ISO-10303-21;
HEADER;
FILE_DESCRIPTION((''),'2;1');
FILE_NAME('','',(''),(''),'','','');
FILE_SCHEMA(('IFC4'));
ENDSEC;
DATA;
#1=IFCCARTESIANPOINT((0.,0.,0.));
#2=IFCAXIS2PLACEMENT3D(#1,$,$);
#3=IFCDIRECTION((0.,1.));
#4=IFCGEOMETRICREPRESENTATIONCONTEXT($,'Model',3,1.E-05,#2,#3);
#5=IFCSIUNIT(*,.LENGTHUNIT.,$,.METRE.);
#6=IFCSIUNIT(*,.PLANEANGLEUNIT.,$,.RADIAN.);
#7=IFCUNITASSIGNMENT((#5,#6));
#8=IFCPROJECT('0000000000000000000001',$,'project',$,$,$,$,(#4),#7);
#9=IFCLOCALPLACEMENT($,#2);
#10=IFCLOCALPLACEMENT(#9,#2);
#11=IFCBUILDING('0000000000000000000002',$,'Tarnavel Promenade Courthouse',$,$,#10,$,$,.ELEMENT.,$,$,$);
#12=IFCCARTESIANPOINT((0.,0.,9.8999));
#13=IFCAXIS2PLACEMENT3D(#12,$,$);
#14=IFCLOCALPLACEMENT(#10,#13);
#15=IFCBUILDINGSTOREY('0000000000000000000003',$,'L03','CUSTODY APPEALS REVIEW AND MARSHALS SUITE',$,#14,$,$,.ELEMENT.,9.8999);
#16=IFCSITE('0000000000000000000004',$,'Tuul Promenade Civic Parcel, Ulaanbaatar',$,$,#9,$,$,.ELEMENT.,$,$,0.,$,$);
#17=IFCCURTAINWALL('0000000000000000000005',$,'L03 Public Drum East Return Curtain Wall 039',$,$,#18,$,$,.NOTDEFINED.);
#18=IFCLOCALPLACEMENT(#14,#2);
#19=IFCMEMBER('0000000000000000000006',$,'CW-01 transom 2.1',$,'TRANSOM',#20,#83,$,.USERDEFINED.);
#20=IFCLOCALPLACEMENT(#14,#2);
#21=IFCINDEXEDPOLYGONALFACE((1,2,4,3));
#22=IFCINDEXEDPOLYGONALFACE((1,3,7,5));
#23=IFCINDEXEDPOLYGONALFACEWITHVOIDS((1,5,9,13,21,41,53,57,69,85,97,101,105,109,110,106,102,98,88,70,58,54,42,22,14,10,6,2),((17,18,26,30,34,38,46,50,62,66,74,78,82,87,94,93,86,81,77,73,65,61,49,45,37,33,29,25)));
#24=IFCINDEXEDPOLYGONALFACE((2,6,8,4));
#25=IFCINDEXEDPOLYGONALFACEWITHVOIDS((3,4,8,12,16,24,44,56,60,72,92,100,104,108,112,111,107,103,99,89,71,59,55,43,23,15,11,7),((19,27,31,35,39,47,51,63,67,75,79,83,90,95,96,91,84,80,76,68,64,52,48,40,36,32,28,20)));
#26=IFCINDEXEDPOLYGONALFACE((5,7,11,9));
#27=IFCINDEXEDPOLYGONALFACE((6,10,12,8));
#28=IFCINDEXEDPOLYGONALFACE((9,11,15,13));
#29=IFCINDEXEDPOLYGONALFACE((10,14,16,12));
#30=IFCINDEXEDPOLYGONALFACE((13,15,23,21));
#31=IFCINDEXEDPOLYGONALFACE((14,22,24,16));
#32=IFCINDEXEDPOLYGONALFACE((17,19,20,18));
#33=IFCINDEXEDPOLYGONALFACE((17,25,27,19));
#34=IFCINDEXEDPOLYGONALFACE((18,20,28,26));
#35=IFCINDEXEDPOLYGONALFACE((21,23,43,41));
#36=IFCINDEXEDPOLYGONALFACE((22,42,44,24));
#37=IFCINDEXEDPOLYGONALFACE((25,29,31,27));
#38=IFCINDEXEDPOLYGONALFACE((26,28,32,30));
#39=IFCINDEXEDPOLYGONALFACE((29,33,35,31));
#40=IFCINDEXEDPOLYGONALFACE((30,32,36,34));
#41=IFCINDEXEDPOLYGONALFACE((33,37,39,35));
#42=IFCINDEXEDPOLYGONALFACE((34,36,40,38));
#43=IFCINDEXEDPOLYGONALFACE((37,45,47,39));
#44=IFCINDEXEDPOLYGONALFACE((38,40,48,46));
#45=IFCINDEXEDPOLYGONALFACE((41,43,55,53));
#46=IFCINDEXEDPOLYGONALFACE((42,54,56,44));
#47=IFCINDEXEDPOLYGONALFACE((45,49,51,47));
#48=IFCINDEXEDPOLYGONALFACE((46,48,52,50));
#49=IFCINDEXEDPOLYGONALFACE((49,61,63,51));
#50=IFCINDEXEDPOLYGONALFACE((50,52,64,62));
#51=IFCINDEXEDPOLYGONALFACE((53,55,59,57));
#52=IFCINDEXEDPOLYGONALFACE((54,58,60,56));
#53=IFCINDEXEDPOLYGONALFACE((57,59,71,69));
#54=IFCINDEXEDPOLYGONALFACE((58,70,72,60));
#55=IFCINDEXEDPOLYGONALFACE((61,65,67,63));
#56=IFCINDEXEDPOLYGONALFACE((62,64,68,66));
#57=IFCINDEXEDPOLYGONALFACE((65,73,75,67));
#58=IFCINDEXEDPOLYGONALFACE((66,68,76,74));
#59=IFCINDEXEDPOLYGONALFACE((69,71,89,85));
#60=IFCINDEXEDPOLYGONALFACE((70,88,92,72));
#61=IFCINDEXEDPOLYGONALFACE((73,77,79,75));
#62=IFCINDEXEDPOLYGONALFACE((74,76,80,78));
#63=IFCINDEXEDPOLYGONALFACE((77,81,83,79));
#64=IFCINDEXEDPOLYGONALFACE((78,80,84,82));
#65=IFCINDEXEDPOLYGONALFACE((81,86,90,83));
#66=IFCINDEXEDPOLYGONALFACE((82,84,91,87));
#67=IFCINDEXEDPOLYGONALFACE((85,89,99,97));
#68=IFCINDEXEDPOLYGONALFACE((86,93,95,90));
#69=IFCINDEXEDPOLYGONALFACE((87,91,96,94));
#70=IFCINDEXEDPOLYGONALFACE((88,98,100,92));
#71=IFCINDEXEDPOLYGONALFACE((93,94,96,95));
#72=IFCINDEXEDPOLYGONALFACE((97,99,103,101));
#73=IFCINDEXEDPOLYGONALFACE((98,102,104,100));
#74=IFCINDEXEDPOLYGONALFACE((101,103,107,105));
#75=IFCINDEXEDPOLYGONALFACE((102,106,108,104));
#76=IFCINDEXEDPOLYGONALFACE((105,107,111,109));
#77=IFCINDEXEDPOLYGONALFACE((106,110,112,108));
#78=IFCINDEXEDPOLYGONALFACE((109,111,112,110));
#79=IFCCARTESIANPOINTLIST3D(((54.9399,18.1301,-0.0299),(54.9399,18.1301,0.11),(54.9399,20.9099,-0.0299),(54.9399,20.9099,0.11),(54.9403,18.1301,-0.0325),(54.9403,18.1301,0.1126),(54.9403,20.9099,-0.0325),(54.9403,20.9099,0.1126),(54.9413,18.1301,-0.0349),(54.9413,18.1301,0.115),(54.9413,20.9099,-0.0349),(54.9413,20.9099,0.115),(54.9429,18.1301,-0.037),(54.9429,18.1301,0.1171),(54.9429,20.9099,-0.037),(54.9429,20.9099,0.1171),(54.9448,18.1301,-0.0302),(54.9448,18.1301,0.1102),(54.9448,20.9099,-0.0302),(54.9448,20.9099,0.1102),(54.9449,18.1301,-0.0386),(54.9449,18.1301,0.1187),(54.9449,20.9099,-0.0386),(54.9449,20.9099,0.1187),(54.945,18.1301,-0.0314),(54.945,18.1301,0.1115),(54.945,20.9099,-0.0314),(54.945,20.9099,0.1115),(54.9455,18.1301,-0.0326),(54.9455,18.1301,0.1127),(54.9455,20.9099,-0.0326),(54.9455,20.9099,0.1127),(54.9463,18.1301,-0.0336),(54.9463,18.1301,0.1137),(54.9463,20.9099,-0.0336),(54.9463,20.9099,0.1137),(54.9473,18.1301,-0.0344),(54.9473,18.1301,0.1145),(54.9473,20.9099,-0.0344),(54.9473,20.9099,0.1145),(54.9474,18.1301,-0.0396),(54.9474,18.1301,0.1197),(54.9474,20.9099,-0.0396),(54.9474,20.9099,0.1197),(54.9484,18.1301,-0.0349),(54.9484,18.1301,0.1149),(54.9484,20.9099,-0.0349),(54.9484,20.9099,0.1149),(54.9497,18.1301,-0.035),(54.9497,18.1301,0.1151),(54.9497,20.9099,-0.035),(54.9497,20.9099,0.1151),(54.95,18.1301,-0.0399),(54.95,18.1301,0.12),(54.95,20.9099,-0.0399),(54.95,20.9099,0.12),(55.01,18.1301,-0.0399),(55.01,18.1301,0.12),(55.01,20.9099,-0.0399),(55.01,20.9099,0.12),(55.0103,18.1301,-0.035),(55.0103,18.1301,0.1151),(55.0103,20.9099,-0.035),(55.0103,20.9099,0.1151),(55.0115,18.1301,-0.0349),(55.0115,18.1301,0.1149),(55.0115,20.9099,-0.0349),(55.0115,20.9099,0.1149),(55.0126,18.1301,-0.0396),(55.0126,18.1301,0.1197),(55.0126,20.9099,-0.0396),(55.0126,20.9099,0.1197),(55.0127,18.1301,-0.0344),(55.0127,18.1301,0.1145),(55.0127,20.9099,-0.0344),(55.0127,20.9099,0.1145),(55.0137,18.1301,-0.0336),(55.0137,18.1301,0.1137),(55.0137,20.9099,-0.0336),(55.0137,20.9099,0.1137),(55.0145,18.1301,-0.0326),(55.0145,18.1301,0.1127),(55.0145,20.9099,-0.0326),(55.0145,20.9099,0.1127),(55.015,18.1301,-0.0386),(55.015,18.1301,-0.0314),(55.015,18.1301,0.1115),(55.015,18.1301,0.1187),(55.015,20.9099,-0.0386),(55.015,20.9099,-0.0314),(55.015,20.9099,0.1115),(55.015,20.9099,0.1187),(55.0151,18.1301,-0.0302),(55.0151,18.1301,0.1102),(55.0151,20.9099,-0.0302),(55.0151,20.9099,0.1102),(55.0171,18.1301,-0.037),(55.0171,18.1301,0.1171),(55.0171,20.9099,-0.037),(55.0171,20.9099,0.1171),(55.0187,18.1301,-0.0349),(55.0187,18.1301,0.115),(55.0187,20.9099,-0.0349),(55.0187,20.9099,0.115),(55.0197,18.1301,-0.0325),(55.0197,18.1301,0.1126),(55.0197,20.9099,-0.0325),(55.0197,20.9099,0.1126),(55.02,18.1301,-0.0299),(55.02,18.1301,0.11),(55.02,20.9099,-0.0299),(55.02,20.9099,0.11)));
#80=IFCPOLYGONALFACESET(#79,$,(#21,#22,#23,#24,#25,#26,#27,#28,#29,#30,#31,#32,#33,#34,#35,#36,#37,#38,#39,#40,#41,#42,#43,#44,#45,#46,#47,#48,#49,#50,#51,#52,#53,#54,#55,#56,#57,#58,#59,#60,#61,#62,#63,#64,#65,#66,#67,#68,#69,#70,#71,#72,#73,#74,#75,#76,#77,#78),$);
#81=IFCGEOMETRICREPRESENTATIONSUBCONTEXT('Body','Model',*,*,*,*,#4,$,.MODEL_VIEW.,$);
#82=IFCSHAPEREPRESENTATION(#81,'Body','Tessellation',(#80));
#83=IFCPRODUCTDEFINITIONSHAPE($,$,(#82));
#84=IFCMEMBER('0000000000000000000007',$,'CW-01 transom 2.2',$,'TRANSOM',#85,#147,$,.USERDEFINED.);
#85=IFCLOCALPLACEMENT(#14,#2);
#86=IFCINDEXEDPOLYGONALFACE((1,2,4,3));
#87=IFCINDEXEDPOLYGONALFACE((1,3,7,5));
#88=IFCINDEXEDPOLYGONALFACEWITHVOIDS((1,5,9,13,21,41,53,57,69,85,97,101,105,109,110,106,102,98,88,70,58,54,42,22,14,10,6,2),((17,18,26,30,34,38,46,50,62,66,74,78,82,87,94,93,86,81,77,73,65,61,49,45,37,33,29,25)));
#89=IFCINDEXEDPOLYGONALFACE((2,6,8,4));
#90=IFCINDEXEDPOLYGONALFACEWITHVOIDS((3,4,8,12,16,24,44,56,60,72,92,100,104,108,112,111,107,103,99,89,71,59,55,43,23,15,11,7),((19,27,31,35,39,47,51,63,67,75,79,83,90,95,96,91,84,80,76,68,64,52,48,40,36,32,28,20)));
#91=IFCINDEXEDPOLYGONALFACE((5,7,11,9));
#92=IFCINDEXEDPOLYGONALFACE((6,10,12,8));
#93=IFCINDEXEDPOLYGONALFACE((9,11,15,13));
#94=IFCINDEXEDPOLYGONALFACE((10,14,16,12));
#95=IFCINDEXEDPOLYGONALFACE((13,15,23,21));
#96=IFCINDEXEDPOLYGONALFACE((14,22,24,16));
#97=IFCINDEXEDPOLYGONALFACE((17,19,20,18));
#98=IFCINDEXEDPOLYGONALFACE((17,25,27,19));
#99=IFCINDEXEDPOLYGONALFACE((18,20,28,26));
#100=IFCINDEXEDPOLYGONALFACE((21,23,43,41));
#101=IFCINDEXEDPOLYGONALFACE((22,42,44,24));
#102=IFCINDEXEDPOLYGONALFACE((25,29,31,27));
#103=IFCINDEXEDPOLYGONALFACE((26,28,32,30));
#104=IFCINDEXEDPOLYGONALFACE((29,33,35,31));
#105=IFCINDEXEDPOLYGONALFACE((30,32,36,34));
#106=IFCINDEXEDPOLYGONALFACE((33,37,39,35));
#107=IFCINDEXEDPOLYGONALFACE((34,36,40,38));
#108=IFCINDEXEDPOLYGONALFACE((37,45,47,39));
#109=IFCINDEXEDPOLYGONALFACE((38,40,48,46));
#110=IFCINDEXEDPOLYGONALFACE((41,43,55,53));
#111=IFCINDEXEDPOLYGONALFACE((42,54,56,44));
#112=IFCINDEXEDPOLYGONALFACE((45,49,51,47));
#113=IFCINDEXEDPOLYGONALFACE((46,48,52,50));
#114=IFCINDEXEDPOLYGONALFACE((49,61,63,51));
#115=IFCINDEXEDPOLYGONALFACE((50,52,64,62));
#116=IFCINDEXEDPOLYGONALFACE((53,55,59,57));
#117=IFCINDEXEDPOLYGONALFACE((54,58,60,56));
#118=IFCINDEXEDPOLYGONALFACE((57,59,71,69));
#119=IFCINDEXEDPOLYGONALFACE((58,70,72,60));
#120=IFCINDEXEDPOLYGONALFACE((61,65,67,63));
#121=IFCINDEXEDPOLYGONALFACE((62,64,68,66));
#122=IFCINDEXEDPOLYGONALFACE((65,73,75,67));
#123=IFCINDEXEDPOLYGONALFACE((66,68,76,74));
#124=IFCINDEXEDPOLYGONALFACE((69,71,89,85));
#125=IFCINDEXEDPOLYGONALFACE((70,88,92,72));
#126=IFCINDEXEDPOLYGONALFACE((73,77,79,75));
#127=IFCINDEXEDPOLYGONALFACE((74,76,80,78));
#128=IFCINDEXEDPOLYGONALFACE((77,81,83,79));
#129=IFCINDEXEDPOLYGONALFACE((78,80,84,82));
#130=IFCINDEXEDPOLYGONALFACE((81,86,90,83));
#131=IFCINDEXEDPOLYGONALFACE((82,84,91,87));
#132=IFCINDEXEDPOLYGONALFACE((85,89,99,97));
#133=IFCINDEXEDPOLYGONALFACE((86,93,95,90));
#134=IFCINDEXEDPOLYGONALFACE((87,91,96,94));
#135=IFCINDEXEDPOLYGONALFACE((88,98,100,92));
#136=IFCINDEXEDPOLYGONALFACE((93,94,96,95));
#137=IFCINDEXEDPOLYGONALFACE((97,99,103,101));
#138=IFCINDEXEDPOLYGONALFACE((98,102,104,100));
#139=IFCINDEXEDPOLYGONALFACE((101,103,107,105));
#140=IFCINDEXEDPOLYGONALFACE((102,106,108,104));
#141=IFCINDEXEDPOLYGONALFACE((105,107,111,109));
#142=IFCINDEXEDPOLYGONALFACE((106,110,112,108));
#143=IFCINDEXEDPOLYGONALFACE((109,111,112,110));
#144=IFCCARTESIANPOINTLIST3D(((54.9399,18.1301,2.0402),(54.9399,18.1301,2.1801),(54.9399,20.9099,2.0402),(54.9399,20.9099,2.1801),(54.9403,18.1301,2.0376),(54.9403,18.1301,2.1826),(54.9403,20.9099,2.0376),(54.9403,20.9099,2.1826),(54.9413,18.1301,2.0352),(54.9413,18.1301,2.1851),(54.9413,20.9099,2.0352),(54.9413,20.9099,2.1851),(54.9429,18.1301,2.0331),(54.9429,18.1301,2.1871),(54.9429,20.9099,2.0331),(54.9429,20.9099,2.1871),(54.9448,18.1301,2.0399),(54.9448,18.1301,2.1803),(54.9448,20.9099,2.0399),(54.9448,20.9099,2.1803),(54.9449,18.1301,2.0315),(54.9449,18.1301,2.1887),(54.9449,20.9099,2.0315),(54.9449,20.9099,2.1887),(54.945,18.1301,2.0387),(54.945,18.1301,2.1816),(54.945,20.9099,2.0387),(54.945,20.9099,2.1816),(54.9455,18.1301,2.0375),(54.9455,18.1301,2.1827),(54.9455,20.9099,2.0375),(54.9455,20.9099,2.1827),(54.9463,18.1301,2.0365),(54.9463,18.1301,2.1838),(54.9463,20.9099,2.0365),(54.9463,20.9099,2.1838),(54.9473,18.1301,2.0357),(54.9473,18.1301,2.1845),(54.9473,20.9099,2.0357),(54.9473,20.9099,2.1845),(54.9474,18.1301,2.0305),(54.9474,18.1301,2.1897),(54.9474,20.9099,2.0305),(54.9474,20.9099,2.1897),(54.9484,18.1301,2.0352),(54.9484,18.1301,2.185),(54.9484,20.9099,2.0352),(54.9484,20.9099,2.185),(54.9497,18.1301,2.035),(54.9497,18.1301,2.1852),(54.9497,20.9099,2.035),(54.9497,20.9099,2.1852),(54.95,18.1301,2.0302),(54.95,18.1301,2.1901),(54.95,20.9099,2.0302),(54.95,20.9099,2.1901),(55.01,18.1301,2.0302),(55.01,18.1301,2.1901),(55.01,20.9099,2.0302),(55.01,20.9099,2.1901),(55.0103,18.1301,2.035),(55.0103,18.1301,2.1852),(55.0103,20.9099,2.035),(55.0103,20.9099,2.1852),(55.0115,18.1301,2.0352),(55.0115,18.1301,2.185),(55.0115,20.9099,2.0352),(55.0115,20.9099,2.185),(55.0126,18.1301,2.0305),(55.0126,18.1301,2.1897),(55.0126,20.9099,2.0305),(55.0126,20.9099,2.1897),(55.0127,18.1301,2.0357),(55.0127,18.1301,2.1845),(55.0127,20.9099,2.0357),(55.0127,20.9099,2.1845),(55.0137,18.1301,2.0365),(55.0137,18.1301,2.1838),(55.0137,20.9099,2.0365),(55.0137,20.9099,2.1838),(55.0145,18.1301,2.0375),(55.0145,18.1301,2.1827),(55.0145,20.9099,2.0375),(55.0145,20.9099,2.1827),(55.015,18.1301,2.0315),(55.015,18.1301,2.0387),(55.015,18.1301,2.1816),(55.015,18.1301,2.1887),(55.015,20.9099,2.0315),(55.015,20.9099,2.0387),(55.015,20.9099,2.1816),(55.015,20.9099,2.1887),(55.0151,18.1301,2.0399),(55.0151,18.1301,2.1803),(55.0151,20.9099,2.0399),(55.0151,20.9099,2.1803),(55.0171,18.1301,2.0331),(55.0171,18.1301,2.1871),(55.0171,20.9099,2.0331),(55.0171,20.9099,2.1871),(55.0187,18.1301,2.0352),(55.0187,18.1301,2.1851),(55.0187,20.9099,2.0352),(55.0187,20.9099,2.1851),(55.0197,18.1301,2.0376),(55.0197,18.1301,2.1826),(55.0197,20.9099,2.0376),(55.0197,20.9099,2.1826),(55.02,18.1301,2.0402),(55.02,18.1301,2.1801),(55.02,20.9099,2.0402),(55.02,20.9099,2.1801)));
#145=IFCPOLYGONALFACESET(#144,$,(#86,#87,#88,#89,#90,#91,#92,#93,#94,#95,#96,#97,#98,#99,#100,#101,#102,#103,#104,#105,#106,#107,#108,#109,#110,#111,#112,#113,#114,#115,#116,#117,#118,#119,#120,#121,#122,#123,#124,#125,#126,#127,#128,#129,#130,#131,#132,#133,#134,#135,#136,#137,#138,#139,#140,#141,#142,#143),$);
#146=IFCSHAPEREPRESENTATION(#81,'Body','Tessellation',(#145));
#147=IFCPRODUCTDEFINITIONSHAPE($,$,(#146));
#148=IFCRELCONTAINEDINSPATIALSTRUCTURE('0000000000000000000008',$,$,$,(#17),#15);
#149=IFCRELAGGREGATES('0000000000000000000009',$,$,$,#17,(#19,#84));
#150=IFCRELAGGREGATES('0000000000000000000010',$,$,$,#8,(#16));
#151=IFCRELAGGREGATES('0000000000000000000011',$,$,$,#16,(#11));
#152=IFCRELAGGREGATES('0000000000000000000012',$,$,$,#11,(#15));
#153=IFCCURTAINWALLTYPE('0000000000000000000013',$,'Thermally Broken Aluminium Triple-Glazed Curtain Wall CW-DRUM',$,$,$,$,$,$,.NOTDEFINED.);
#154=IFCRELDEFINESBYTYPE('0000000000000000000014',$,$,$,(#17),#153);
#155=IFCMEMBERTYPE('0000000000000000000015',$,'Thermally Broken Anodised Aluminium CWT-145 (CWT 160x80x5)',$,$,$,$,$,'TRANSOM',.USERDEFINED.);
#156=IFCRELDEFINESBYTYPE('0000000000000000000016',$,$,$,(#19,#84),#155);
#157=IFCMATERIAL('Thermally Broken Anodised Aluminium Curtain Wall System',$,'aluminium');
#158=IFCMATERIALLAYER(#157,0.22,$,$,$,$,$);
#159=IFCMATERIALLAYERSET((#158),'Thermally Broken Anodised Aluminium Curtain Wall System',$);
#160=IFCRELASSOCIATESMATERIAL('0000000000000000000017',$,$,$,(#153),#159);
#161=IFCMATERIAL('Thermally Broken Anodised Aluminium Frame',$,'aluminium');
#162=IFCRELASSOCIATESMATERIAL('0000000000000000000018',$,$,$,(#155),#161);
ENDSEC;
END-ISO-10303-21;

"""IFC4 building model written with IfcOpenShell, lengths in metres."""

from ifc_helpers import new_model, si_unit, direction, frame, origin, origin_2d, place, context, subcontext, project, spatial, hollow_rectangle, extrude, material, layer, layer_set, material_profile, profile_set, type_object, element, aggregate, save


model = new_model("IFC4")

# Units and contexts
model_context = context("Model", 3, precision=1e-05, world=origin(), true_north=direction((0.0, 1.0)))
body_context = subcontext(model_context, "Body", "Model", "MODEL_VIEW")
ifc_project = project(units=[si_unit("LENGTHUNIT", "METRE"), si_unit("PLANEANGLEUNIT", "RADIAN")], contexts=[model_context])

# Site, building, storey
site_placement = place(None, origin())
site = spatial("IfcSite", under=ifc_project, at=site_placement, Name="Tuul Promenade Civic Parcel, Ulaanbaatar", CompositionType="ELEMENT", RefElevation=0.0)
building_placement = place(site_placement, origin())
building = spatial("IfcBuilding", under=site, at=building_placement, Name="Tarnavel Promenade Courthouse", CompositionType="ELEMENT")
storey_placement = place(building_placement, frame((0.0, 0.0, 9.8999)))
storey = spatial("IfcBuildingStorey", under=building, at=storey_placement, Name="L03", Description="CUSTODY APPEALS REVIEW AND MARSHALS SUITE", CompositionType="ELEMENT", Elevation=9.8999)

# Curtain wall
ifc_material_1 = material(Name="Thermally Broken Anodised Aluminium Curtain Wall System", Category="aluminium")
ifc_layer_1 = layer(ifc_material_1, 0.22)
ifc_layer_set_1 = layer_set([ifc_layer_1], Name="Thermally Broken Anodised Aluminium Curtain Wall System")
curtain_wall_type = type_object("IfcCurtainWallType", Name="Thermally Broken Aluminium Triple-Glazed Curtain Wall CW-DRUM", PredefinedType="NOTDEFINED", material=ifc_layer_set_1)
curtain_wall_1_placement = place(storey_placement, origin())
curtain_wall_1 = element("IfcCurtainWall", 1, at=curtain_wall_1_placement, inside=storey, type_object=curtain_wall_type, Name="L03 Public Drum East Return Curtain Wall 039", PredefinedType="NOTDEFINED")
ifc_material_2 = material(Name="Thermally Broken Anodised Aluminium Frame", Category="aluminium")

# Members
ifc_material_profile_1 = material_profile(ifc_material_2, hollow_rectangle(XDim=0.0801, YDim=0.1599, WallThickness=0.0049, InnerFilletRadius=0.0049, OuterFilletRadius=0.01, at=origin_2d()), Name="CWT 160x80x5")
ifc_profile_set_1 = profile_set([ifc_material_profile_1], Name="Thermally Broken Anodised Aluminium Frame")
member_type_1 = type_object("IfcMemberType", Name="Thermally Broken Anodised Aluminium CWT-145 (CWT 160x80x5)", ElementType="TRANSOM", PredefinedType="USERDEFINED", material=ifc_profile_set_1)
member_1_placement = place(storey_placement, frame((54.98, 18.1301, 0.04), z_axis=(0.0, 1.0, 0.0), x_axis=(-1.0, 0.0, 0.0)))
member_1 = element("IfcMember", 2, at=member_1_placement, type_object=member_type_1, Name="CW-01 transom 2.1", ObjectType="TRANSOM", PredefinedType="USERDEFINED", context=body_context, shape_type="SweptSolid", body=[
    extrude(hollow_rectangle(XDim=0.0801, YDim=0.1599, WallThickness=0.0049, InnerFilletRadius=0.0049, OuterFilletRadius=0.01, at=origin_2d()), origin(), (0.0, 0.0, 1.0), 2.7798),
])
member_2_placement = place(storey_placement, frame((54.98, 18.1301, 2.1101), z_axis=(0.0, 1.0, 0.0), x_axis=(-1.0, 0.0, 0.0)))
member_2 = element("IfcMember", 3, at=member_2_placement, type_object=member_type_1, Name="CW-01 transom 2.2", ObjectType="TRANSOM", PredefinedType="USERDEFINED", context=body_context, shape_type="SweptSolid", body=[
    extrude(hollow_rectangle(XDim=0.0801, YDim=0.1599, WallThickness=0.0049, InnerFilletRadius=0.0049, OuterFilletRadius=0.01, at=origin_2d()), origin(), (0.0, 0.0, 1.0), 2.7798),
])

aggregate(curtain_wall_1, [member_1, member_2])

save(model, "model.ifc")
